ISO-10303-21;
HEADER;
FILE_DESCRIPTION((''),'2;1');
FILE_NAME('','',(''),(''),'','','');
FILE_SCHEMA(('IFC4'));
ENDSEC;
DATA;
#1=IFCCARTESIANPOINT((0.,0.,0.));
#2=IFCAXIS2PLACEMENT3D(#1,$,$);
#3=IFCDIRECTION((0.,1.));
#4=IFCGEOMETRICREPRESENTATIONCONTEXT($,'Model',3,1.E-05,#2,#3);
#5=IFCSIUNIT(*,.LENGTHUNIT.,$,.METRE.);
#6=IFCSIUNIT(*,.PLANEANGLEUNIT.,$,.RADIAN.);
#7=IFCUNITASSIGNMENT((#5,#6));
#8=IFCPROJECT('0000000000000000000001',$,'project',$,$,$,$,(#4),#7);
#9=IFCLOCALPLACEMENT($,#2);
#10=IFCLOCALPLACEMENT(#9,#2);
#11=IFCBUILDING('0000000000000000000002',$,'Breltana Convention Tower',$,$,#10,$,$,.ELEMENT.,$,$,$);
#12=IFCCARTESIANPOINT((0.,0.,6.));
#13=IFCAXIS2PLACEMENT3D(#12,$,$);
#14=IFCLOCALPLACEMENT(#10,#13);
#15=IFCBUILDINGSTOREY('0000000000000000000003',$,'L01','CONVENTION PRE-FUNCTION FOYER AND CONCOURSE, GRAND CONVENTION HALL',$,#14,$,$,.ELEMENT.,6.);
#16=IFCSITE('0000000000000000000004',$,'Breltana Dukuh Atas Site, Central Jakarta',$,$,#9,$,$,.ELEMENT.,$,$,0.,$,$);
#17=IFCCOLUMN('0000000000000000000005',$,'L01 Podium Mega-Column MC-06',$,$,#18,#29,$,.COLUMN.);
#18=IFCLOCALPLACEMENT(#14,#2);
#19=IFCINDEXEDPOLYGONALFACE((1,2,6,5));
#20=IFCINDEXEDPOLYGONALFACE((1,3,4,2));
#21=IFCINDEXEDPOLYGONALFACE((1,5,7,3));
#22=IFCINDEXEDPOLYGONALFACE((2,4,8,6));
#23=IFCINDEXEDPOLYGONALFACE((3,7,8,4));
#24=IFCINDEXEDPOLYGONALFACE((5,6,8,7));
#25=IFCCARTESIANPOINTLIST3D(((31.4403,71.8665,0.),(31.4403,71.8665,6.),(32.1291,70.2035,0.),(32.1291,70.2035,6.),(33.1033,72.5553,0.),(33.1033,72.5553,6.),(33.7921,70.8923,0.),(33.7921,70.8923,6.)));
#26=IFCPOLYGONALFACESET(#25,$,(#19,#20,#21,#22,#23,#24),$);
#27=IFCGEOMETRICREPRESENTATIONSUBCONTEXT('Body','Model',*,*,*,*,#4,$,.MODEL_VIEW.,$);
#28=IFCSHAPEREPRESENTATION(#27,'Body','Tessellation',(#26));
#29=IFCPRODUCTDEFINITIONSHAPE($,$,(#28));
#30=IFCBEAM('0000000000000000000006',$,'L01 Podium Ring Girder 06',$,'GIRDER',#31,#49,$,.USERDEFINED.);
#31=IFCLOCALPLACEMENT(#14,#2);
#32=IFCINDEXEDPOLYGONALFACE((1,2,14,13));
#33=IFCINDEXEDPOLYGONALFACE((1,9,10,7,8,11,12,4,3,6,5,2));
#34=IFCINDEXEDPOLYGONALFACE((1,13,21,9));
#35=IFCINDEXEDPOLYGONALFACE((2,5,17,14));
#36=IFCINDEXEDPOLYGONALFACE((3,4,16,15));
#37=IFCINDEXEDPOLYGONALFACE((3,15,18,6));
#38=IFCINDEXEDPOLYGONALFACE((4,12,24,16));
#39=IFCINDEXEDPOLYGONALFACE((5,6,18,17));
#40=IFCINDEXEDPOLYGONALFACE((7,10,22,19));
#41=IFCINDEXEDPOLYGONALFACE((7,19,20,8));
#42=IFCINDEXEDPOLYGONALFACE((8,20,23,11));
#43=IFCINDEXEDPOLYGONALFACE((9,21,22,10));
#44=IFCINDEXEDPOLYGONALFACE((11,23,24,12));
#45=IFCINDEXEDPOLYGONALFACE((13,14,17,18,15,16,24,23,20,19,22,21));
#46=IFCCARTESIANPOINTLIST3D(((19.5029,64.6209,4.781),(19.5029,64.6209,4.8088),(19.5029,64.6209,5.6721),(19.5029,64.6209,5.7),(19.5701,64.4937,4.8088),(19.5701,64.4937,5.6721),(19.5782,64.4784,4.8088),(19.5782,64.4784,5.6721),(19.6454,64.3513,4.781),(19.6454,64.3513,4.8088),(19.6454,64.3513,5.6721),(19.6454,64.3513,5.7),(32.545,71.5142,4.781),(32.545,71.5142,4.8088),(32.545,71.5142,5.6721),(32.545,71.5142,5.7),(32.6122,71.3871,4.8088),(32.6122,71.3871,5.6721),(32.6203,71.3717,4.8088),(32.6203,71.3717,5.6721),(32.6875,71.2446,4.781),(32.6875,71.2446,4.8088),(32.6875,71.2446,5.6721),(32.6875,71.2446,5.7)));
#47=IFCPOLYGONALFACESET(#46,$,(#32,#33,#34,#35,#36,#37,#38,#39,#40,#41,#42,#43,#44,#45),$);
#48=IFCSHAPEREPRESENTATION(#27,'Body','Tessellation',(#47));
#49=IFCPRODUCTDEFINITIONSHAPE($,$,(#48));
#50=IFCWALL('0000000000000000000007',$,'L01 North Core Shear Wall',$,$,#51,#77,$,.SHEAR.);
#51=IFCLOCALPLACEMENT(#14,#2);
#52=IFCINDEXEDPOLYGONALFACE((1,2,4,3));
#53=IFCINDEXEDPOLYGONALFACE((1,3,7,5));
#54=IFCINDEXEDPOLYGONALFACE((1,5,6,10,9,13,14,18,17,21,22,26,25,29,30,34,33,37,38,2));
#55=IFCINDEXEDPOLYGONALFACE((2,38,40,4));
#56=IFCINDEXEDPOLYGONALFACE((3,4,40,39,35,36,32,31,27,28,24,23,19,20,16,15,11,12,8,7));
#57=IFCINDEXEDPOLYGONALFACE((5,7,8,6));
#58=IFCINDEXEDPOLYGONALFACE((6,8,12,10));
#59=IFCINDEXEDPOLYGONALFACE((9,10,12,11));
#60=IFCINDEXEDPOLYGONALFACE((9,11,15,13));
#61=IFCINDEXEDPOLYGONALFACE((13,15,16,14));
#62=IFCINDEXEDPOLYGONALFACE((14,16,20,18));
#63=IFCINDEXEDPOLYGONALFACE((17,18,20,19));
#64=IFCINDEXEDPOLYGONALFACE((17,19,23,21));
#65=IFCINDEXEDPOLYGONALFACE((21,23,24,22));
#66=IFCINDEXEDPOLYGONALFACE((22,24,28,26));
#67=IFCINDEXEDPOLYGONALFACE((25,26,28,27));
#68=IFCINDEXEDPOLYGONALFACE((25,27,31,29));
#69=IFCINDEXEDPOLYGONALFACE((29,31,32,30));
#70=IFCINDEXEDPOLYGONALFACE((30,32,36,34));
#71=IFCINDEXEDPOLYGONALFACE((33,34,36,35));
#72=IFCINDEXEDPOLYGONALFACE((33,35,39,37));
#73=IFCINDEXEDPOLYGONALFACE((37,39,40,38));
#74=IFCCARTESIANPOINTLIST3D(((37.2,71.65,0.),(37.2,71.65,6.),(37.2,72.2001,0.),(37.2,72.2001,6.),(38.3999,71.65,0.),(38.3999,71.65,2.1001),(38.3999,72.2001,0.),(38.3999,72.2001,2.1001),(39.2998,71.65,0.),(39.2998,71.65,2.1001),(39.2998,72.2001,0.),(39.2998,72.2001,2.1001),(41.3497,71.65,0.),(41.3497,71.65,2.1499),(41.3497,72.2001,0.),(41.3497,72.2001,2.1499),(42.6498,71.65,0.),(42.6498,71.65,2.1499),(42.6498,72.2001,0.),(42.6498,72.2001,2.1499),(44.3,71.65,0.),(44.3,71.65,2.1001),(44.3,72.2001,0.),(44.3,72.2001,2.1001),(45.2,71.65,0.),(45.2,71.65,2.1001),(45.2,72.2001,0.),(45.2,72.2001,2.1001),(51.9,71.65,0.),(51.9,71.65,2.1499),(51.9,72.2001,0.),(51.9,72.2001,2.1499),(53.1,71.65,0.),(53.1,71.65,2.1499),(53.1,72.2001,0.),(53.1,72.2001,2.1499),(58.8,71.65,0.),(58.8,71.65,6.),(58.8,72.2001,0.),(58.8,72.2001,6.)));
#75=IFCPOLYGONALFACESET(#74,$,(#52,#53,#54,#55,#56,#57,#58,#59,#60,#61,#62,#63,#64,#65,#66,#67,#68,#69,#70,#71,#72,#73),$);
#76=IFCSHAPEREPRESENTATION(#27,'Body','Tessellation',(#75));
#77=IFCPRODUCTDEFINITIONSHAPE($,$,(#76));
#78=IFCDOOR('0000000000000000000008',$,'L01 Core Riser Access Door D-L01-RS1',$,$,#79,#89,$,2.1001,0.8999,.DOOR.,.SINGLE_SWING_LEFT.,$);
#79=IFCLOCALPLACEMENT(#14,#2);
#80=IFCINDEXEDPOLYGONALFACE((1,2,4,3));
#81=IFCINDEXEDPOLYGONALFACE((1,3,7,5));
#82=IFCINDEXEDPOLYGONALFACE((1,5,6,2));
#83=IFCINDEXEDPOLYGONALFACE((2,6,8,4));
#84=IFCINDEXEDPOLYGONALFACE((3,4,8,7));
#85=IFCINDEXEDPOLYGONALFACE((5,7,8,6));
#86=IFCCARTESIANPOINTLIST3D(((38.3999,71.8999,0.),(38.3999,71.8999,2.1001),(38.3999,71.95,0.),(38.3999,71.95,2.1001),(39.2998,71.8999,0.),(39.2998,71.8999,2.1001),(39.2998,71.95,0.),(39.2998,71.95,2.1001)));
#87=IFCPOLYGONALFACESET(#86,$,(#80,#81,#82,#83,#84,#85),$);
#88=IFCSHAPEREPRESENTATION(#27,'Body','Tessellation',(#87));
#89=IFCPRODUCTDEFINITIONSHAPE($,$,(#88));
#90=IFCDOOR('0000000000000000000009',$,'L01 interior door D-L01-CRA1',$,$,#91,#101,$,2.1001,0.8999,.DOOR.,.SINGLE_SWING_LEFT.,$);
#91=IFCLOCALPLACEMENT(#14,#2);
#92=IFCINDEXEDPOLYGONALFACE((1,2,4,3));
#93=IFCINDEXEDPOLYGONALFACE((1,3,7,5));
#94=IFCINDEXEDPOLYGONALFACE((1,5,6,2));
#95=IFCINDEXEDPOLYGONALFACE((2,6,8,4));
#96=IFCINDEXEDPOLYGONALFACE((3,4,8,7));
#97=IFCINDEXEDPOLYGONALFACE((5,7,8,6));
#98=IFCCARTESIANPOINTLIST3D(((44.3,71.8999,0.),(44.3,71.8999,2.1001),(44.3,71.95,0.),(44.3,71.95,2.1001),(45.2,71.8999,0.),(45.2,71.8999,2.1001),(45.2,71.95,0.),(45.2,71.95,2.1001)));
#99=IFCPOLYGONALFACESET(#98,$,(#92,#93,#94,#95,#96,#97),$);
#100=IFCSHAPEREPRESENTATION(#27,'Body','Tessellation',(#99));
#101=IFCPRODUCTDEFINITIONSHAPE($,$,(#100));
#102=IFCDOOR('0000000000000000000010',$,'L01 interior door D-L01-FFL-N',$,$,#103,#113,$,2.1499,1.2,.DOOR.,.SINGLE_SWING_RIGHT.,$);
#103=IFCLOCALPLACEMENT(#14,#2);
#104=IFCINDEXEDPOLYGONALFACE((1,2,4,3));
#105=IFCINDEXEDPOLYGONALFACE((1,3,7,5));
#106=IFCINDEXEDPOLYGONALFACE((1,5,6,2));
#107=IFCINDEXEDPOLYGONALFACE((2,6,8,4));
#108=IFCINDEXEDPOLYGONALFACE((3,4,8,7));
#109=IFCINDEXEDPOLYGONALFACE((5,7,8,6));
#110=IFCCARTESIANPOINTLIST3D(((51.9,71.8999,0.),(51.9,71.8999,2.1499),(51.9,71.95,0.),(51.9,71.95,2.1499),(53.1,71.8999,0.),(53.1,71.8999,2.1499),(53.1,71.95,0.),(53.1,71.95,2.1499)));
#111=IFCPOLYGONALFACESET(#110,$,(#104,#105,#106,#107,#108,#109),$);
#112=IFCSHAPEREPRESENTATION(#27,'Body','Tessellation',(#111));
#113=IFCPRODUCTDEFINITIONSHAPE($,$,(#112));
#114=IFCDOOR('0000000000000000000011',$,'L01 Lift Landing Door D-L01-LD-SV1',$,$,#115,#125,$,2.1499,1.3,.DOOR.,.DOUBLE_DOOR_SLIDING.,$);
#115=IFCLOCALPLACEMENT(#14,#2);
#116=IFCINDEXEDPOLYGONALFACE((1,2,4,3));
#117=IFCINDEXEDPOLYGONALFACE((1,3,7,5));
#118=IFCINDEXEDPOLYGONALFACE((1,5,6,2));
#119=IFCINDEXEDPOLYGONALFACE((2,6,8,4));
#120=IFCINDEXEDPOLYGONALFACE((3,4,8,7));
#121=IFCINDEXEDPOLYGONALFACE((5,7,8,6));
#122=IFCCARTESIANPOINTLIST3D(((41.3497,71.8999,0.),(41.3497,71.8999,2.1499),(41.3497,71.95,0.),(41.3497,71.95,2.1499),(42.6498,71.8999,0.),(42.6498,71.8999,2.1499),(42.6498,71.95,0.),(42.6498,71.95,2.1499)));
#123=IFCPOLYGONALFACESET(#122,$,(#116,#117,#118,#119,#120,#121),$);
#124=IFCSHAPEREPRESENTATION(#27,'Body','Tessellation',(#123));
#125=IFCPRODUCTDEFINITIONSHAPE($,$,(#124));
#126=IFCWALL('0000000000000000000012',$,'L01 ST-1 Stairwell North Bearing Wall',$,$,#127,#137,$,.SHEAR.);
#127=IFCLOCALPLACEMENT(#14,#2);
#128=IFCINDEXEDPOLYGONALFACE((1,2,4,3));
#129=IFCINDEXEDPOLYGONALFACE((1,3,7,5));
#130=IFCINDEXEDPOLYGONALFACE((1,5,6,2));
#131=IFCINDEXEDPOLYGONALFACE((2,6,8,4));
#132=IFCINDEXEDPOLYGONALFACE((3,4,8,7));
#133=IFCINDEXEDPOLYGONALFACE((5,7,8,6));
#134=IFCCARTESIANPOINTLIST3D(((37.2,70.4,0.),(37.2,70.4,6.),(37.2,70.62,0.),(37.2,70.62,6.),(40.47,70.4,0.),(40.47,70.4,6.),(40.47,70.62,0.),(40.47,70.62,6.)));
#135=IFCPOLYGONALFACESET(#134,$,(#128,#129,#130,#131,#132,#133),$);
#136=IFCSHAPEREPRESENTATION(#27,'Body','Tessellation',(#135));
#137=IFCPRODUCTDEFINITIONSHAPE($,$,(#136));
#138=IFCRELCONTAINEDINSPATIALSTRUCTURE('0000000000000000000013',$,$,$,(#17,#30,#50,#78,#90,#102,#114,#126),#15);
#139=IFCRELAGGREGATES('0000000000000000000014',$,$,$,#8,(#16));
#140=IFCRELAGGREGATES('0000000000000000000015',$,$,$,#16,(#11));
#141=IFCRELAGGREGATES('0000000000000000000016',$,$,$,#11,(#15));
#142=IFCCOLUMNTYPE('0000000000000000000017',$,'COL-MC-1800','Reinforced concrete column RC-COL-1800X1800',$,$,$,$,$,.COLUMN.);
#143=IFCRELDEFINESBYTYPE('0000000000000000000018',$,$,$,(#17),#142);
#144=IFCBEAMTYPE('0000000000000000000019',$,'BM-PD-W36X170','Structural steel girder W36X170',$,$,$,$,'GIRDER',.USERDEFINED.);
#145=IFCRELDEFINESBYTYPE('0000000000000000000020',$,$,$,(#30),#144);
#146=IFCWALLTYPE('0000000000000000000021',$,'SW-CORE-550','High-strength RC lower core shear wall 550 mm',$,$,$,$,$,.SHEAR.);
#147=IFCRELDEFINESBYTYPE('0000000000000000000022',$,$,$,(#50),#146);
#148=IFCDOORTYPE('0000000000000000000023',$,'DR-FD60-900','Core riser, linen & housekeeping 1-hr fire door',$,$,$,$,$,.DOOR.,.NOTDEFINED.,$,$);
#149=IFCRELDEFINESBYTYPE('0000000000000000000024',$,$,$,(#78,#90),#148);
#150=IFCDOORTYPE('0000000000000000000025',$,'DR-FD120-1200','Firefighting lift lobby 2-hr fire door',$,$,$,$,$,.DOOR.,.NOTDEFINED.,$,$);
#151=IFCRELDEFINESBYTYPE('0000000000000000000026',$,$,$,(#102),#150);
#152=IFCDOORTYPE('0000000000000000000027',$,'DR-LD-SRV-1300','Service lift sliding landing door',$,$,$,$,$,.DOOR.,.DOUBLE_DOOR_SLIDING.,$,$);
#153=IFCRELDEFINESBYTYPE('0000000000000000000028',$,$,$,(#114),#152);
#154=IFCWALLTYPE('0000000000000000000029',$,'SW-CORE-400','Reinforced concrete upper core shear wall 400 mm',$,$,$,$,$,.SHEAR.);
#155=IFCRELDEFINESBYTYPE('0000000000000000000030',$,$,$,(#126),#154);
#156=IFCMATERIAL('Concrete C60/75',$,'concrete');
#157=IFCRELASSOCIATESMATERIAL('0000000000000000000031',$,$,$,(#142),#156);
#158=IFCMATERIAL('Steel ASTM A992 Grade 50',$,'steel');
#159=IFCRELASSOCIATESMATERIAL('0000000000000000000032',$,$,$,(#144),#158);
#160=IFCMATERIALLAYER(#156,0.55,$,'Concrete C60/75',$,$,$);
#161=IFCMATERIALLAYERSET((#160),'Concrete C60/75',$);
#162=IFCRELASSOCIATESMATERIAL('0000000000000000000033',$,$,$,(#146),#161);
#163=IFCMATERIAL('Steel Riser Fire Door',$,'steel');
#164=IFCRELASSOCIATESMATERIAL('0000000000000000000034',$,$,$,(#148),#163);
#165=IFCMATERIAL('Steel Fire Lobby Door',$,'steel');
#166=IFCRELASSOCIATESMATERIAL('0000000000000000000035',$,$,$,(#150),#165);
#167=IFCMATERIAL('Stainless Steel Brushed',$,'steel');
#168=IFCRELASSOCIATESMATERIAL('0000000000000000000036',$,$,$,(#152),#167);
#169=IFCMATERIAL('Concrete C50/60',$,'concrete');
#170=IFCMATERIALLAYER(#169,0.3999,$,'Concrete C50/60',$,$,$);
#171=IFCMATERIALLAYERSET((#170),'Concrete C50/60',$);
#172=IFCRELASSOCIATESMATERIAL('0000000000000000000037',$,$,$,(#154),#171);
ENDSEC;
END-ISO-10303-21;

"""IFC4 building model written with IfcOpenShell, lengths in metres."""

from ifc_helpers import new_model, si_unit, direction, frame, frame_2d, origin, origin_2d, place, context, subcontext, project, spatial, rectangle, i_section, extrude, source, transform, mapped, material, layer, layer_set, material_profile, profile_set, type_object, type_shapes, element, fill, save


model = new_model("IFC4")

# Units and contexts
model_context = context("Model", 3, precision=1e-05, world=origin(), true_north=direction((0.0, 1.0)))
body_context = subcontext(model_context, "Body", "Model", "MODEL_VIEW")
ifc_project = project(units=[si_unit("LENGTHUNIT", "METRE"), si_unit("PLANEANGLEUNIT", "RADIAN")], contexts=[model_context])

# Site, building, storey
site_placement = place(None, origin())
site = spatial("IfcSite", under=ifc_project, at=site_placement, Name="Breltana Dukuh Atas Site, Central Jakarta", CompositionType="ELEMENT", RefElevation=0.0)
building_placement = place(site_placement, origin())
building = spatial("IfcBuilding", under=site, at=building_placement, Name="Breltana Convention Tower", CompositionType="ELEMENT")
storey_placement = place(building_placement, frame((0.0, 0.0, 6.0)))
storey = spatial("IfcBuildingStorey", under=building, at=storey_placement, Name="L01", Description="CONVENTION PRE-FUNCTION FOYER AND CONCOURSE, GRAND CONVENTION HALL", CompositionType="ELEMENT", Elevation=6.0)

# Column
ifc_material_1 = material(Name="Concrete C60/75", Category="concrete")
ifc_material_profile_1 = material_profile(ifc_material_1, rectangle(XDim=1.8, YDim=1.8, at=origin_2d()), Name="RC-COL-1800X1800")
ifc_profile_set_1 = profile_set([ifc_material_profile_1], Name="Concrete C60/75")
column_type = type_object("IfcColumnType", Name="COL-MC-1800", Description="Reinforced concrete column RC-COL-1800X1800", PredefinedType="COLUMN", material=ifc_profile_set_1)
shared_shape_1 = source(origin(), body_context, "Body", "SweptSolid", [
    extrude(rectangle(XDim=1.8, YDim=1.8, at=origin_2d()), origin(), (0.0, 0.0, 1.0), 6.0),
])
type_shapes(column_type, [shared_shape_1])
column_placement = place(storey_placement, frame((32.6162, 71.3794, 0.0), z_axis=(0.0, 0.0, 1.0), x_axis=(-0.382683, 0.92388, 0.0)))
element("IfcColumn", 1, at=column_placement, inside=storey, type_object=column_type, Name="L01 Podium Mega-Column MC-06", PredefinedType="COLUMN", context=body_context, shape_type="MappedRepresentation", body=[
    mapped(shared_shape_1, transform((0.0, 0.0, 0.0), scale=1.0)),
])

# Beam
ifc_material_2 = material(Name="Steel ASTM A992 Grade 50", Category="steel")
ifc_material_profile_2 = material_profile(ifc_material_2, i_section(OverallWidth=0.3049, OverallDepth=0.9189, WebThickness=0.0173, FlangeThickness=0.0278, at=origin_2d()), Name="W36X170")
ifc_profile_set_2 = profile_set([ifc_material_profile_2], Name="Steel ASTM A992 Grade 50")
beam_type = type_object("IfcBeamType", Name="BM-PD-W36X170", Description="Structural steel girder W36X170", ElementType="GIRDER", PredefinedType="USERDEFINED", material=ifc_profile_set_2)
shared_shape_2 = source(origin(), body_context, "Body", "SweptSolid", [
    extrude(i_section(OverallWidth=0.3049, OverallDepth=0.9189, WebThickness=0.0173, FlangeThickness=0.0278, at=origin_2d()), origin(), (0.0, 0.0, 1.0), 14.7517),
])
beam_placement = place(storey_placement, frame((32.6162, 71.3794, 5.2405), z_axis=(-0.884104, -0.467291, 0.0), x_axis=(0.467291, -0.884104, 0.0)))
element("IfcBeam", 2, at=beam_placement, inside=storey, type_object=beam_type, Name="L01 Podium Ring Girder 06", ObjectType="GIRDER", PredefinedType="USERDEFINED", context=body_context, shape_type="MappedRepresentation", body=[
    mapped(shared_shape_2, transform((0.0, 0.0, 0.0), scale=1.0)),
])

# Wall, openings, doors
ifc_layer_1 = layer(ifc_material_1, 0.55, Name="Concrete C60/75")
ifc_layer_set_1 = layer_set([ifc_layer_1], Name="Concrete C60/75")
wall_type_1 = type_object("IfcWallType", Name="SW-CORE-550", Description="High-strength RC lower core shear wall 550 mm", PredefinedType="SHEAR", material=ifc_layer_set_1)
shared_shape_3 = source(origin(), body_context, "Body", "SweptSolid", [
    extrude(rectangle(XDim=21.6001, YDim=0.55, at=frame_2d((10.8, 0.0))), origin(), (0.0, 0.0, 1.0), 6.0),
])
wall_1_placement = place(storey_placement, frame((37.2, 71.925, 0.0), z_axis=(0.0, 0.0, 1.0), x_axis=(1.0, 0.0, 0.0)))
wall_1 = element("IfcWall", 3, at=wall_1_placement, inside=storey, type_object=wall_type_1, Name="L01 North Core Shear Wall", PredefinedType="SHEAR", context=body_context, shape_type="MappedRepresentation", body=[
    mapped(shared_shape_3, transform((0.0, 0.0, 0.0), scale=1.0)),
])
opening_1_placement = place(wall_1_placement, frame((1.2, 0.0, 0.0)))
opening_1 = element("IfcOpeningElement", 4, at=opening_1_placement, cuts=wall_1, PredefinedType="OPENING", context=body_context, shape_type="SweptSolid", body=[
    extrude(rectangle(XDim=0.8999, YDim=2.1001, at=frame_2d((0.45, 1.05))), frame((0.0, 0.2852, 0.0), z_axis=(0.0, -1.0, 0.0), x_axis=(1.0, 0.0, 0.0)), (0.0, 0.0, 1.0), 0.5701),
])
opening_2_placement = place(wall_1_placement, frame((14.7, 0.0, 0.0)))
opening_2 = element("IfcOpeningElement", 5, at=opening_2_placement, cuts=wall_1, PredefinedType="OPENING", context=body_context, shape_type="SweptSolid", body=[
    extrude(rectangle(XDim=1.2, YDim=2.1499, at=frame_2d((0.6001, 1.075))), frame((0.0, 0.2852, 0.0), z_axis=(0.0, -1.0, 0.0), x_axis=(1.0, 0.0, 0.0)), (0.0, 0.0, 1.0), 0.5701),
])
opening_3_placement = place(wall_1_placement, frame((4.1499, 0.0, 0.0)))
opening_3 = element("IfcOpeningElement", 6, at=opening_3_placement, cuts=wall_1, PredefinedType="OPENING", context=body_context, shape_type="SweptSolid", body=[
    extrude(rectangle(XDim=1.3, YDim=2.1499, at=frame_2d((0.6499, 1.075))), frame((0.0, 0.2852, 0.0), z_axis=(0.0, -1.0, 0.0), x_axis=(1.0, 0.0, 0.0)), (0.0, 0.0, 1.0), 0.5701),
])
opening_4_placement = place(wall_1_placement, frame((7.1001, 0.0, 0.0)))
opening_4 = element("IfcOpeningElement", 7, at=opening_4_placement, cuts=wall_1, PredefinedType="OPENING", context=body_context, shape_type="SweptSolid", body=[
    extrude(rectangle(XDim=0.8999, YDim=2.1001, at=frame_2d((0.45, 1.05))), frame((0.0, 0.2852, 0.0), z_axis=(0.0, -1.0, 0.0), x_axis=(1.0, 0.0, 0.0)), (0.0, 0.0, 1.0), 0.5701),
])
ifc_material_3 = material(Name="Steel Riser Fire Door", Category="steel")
door_type_1 = type_object("IfcDoorType", Name="DR-FD60-900", Description="Core riser, linen & housekeeping 1-hr fire door", OperationType="NOTDEFINED", PredefinedType="DOOR", material=ifc_material_3)
shared_shape_4 = source(origin(), body_context, "Body", "SweptSolid", [
    extrude(rectangle(XDim=0.8999, YDim=2.1001, at=frame_2d((0.45, 1.05))), frame((0.0, 0.0249, 0.0), z_axis=(0.0, -1.0, 0.0), x_axis=(1.0, 0.0, 0.0)), (0.0, 0.0, 1.0), 0.05),
])
type_shapes(door_type_1, [shared_shape_4])
door_1_placement = place(opening_1_placement, origin())
door_1 = element("IfcDoor", 8, at=door_1_placement, inside=storey, type_object=door_type_1, Name="L01 Core Riser Access Door D-L01-RS1", OperationType="SINGLE_SWING_LEFT", OverallHeight=2.1001, OverallWidth=0.8999, PredefinedType="DOOR", context=body_context, shape_type="MappedRepresentation", body=[
    mapped(shared_shape_4, transform((0.0, 0.0, 0.0), scale=1.0)),
])
fill(opening_1, door_1)
door_2_placement = place(opening_4_placement, origin())
door_2 = element("IfcDoor", 9, at=door_2_placement, inside=storey, type_object=door_type_1, Name="L01 interior door D-L01-CRA1", OperationType="SINGLE_SWING_LEFT", OverallHeight=2.1001, OverallWidth=0.8999, PredefinedType="DOOR", context=body_context, shape_type="MappedRepresentation", body=[
    mapped(shared_shape_4, transform((0.0, 0.0, 0.0), scale=1.0)),
])
fill(opening_4, door_2)
ifc_material_4 = material(Name="Steel Fire Lobby Door", Category="steel")
door_type_2 = type_object("IfcDoorType", Name="DR-FD120-1200", Description="Firefighting lift lobby 2-hr fire door", OperationType="NOTDEFINED", PredefinedType="DOOR", material=ifc_material_4)
shared_shape_5 = source(origin(), body_context, "Body", "SweptSolid", [
    extrude(rectangle(XDim=1.2, YDim=2.1499, at=frame_2d((0.6001, 1.075))), frame((0.0, 0.0249, 0.0), z_axis=(0.0, -1.0, 0.0), x_axis=(1.0, 0.0, 0.0)), (0.0, 0.0, 1.0), 0.05),
])
type_shapes(door_type_2, [shared_shape_5])
door_3_placement = place(opening_2_placement, origin())
door_3 = element("IfcDoor", 10, at=door_3_placement, inside=storey, type_object=door_type_2, Name="L01 interior door D-L01-FFL-N", OperationType="SINGLE_SWING_RIGHT", OverallHeight=2.1499, OverallWidth=1.2, PredefinedType="DOOR", context=body_context, shape_type="MappedRepresentation", body=[
    mapped(shared_shape_5, transform((0.0, 0.0, 0.0), scale=1.0)),
])
fill(opening_2, door_3)
ifc_material_5 = material(Name="Stainless Steel Brushed", Category="steel")
door_type_3 = type_object("IfcDoorType", Name="DR-LD-SRV-1300", Description="Service lift sliding landing door", OperationType="DOUBLE_DOOR_SLIDING", PredefinedType="DOOR", material=ifc_material_5)
shared_shape_6 = source(origin(), body_context, "Body", "SweptSolid", [
    extrude(rectangle(XDim=1.3, YDim=2.1499, at=frame_2d((0.6499, 1.075))), frame((0.0, 0.0249, 0.0), z_axis=(0.0, -1.0, 0.0), x_axis=(1.0, 0.0, 0.0)), (0.0, 0.0, 1.0), 0.05),
])
type_shapes(door_type_3, [shared_shape_6])
door_4_placement = place(opening_3_placement, origin())
door_4 = element("IfcDoor", 11, at=door_4_placement, inside=storey, type_object=door_type_3, Name="L01 Lift Landing Door D-L01-LD-SV1", OperationType="DOUBLE_DOOR_SLIDING", OverallHeight=2.1499, OverallWidth=1.3, PredefinedType="DOOR", context=body_context, shape_type="MappedRepresentation", body=[
    mapped(shared_shape_6, transform((0.0, 0.0, 0.0), scale=1.0)),
])
fill(opening_3, door_4)

# Wall
ifc_material_6 = material(Name="Concrete C50/60", Category="concrete")
ifc_layer_2 = layer(ifc_material_6, 0.3999, Name="Concrete C50/60")
ifc_layer_set_2 = layer_set([ifc_layer_2], Name="Concrete C50/60")
wall_type_2 = type_object("IfcWallType", Name="SW-CORE-400", Description="Reinforced concrete upper core shear wall 400 mm", PredefinedType="SHEAR", material=ifc_layer_set_2)
shared_shape_7 = source(origin(), body_context, "Body", "SweptSolid", [
    extrude(rectangle(XDim=3.27, YDim=0.22, at=frame_2d((1.635, 0.0))), origin(), (0.0, 0.0, 1.0), 6.0),
])
wall_2_placement = place(storey_placement, frame((37.2, 70.51, 0.0), z_axis=(0.0, 0.0, 1.0), x_axis=(1.0, 0.0, 0.0)))
element("IfcWall", 12, at=wall_2_placement, inside=storey, type_object=wall_type_2, Name="L01 ST-1 Stairwell North Bearing Wall", PredefinedType="SHEAR", context=body_context, shape_type="MappedRepresentation", body=[
    mapped(shared_shape_7, transform((0.0, 0.0, 0.0), scale=1.0)),
])

save(model, "model.ifc")
